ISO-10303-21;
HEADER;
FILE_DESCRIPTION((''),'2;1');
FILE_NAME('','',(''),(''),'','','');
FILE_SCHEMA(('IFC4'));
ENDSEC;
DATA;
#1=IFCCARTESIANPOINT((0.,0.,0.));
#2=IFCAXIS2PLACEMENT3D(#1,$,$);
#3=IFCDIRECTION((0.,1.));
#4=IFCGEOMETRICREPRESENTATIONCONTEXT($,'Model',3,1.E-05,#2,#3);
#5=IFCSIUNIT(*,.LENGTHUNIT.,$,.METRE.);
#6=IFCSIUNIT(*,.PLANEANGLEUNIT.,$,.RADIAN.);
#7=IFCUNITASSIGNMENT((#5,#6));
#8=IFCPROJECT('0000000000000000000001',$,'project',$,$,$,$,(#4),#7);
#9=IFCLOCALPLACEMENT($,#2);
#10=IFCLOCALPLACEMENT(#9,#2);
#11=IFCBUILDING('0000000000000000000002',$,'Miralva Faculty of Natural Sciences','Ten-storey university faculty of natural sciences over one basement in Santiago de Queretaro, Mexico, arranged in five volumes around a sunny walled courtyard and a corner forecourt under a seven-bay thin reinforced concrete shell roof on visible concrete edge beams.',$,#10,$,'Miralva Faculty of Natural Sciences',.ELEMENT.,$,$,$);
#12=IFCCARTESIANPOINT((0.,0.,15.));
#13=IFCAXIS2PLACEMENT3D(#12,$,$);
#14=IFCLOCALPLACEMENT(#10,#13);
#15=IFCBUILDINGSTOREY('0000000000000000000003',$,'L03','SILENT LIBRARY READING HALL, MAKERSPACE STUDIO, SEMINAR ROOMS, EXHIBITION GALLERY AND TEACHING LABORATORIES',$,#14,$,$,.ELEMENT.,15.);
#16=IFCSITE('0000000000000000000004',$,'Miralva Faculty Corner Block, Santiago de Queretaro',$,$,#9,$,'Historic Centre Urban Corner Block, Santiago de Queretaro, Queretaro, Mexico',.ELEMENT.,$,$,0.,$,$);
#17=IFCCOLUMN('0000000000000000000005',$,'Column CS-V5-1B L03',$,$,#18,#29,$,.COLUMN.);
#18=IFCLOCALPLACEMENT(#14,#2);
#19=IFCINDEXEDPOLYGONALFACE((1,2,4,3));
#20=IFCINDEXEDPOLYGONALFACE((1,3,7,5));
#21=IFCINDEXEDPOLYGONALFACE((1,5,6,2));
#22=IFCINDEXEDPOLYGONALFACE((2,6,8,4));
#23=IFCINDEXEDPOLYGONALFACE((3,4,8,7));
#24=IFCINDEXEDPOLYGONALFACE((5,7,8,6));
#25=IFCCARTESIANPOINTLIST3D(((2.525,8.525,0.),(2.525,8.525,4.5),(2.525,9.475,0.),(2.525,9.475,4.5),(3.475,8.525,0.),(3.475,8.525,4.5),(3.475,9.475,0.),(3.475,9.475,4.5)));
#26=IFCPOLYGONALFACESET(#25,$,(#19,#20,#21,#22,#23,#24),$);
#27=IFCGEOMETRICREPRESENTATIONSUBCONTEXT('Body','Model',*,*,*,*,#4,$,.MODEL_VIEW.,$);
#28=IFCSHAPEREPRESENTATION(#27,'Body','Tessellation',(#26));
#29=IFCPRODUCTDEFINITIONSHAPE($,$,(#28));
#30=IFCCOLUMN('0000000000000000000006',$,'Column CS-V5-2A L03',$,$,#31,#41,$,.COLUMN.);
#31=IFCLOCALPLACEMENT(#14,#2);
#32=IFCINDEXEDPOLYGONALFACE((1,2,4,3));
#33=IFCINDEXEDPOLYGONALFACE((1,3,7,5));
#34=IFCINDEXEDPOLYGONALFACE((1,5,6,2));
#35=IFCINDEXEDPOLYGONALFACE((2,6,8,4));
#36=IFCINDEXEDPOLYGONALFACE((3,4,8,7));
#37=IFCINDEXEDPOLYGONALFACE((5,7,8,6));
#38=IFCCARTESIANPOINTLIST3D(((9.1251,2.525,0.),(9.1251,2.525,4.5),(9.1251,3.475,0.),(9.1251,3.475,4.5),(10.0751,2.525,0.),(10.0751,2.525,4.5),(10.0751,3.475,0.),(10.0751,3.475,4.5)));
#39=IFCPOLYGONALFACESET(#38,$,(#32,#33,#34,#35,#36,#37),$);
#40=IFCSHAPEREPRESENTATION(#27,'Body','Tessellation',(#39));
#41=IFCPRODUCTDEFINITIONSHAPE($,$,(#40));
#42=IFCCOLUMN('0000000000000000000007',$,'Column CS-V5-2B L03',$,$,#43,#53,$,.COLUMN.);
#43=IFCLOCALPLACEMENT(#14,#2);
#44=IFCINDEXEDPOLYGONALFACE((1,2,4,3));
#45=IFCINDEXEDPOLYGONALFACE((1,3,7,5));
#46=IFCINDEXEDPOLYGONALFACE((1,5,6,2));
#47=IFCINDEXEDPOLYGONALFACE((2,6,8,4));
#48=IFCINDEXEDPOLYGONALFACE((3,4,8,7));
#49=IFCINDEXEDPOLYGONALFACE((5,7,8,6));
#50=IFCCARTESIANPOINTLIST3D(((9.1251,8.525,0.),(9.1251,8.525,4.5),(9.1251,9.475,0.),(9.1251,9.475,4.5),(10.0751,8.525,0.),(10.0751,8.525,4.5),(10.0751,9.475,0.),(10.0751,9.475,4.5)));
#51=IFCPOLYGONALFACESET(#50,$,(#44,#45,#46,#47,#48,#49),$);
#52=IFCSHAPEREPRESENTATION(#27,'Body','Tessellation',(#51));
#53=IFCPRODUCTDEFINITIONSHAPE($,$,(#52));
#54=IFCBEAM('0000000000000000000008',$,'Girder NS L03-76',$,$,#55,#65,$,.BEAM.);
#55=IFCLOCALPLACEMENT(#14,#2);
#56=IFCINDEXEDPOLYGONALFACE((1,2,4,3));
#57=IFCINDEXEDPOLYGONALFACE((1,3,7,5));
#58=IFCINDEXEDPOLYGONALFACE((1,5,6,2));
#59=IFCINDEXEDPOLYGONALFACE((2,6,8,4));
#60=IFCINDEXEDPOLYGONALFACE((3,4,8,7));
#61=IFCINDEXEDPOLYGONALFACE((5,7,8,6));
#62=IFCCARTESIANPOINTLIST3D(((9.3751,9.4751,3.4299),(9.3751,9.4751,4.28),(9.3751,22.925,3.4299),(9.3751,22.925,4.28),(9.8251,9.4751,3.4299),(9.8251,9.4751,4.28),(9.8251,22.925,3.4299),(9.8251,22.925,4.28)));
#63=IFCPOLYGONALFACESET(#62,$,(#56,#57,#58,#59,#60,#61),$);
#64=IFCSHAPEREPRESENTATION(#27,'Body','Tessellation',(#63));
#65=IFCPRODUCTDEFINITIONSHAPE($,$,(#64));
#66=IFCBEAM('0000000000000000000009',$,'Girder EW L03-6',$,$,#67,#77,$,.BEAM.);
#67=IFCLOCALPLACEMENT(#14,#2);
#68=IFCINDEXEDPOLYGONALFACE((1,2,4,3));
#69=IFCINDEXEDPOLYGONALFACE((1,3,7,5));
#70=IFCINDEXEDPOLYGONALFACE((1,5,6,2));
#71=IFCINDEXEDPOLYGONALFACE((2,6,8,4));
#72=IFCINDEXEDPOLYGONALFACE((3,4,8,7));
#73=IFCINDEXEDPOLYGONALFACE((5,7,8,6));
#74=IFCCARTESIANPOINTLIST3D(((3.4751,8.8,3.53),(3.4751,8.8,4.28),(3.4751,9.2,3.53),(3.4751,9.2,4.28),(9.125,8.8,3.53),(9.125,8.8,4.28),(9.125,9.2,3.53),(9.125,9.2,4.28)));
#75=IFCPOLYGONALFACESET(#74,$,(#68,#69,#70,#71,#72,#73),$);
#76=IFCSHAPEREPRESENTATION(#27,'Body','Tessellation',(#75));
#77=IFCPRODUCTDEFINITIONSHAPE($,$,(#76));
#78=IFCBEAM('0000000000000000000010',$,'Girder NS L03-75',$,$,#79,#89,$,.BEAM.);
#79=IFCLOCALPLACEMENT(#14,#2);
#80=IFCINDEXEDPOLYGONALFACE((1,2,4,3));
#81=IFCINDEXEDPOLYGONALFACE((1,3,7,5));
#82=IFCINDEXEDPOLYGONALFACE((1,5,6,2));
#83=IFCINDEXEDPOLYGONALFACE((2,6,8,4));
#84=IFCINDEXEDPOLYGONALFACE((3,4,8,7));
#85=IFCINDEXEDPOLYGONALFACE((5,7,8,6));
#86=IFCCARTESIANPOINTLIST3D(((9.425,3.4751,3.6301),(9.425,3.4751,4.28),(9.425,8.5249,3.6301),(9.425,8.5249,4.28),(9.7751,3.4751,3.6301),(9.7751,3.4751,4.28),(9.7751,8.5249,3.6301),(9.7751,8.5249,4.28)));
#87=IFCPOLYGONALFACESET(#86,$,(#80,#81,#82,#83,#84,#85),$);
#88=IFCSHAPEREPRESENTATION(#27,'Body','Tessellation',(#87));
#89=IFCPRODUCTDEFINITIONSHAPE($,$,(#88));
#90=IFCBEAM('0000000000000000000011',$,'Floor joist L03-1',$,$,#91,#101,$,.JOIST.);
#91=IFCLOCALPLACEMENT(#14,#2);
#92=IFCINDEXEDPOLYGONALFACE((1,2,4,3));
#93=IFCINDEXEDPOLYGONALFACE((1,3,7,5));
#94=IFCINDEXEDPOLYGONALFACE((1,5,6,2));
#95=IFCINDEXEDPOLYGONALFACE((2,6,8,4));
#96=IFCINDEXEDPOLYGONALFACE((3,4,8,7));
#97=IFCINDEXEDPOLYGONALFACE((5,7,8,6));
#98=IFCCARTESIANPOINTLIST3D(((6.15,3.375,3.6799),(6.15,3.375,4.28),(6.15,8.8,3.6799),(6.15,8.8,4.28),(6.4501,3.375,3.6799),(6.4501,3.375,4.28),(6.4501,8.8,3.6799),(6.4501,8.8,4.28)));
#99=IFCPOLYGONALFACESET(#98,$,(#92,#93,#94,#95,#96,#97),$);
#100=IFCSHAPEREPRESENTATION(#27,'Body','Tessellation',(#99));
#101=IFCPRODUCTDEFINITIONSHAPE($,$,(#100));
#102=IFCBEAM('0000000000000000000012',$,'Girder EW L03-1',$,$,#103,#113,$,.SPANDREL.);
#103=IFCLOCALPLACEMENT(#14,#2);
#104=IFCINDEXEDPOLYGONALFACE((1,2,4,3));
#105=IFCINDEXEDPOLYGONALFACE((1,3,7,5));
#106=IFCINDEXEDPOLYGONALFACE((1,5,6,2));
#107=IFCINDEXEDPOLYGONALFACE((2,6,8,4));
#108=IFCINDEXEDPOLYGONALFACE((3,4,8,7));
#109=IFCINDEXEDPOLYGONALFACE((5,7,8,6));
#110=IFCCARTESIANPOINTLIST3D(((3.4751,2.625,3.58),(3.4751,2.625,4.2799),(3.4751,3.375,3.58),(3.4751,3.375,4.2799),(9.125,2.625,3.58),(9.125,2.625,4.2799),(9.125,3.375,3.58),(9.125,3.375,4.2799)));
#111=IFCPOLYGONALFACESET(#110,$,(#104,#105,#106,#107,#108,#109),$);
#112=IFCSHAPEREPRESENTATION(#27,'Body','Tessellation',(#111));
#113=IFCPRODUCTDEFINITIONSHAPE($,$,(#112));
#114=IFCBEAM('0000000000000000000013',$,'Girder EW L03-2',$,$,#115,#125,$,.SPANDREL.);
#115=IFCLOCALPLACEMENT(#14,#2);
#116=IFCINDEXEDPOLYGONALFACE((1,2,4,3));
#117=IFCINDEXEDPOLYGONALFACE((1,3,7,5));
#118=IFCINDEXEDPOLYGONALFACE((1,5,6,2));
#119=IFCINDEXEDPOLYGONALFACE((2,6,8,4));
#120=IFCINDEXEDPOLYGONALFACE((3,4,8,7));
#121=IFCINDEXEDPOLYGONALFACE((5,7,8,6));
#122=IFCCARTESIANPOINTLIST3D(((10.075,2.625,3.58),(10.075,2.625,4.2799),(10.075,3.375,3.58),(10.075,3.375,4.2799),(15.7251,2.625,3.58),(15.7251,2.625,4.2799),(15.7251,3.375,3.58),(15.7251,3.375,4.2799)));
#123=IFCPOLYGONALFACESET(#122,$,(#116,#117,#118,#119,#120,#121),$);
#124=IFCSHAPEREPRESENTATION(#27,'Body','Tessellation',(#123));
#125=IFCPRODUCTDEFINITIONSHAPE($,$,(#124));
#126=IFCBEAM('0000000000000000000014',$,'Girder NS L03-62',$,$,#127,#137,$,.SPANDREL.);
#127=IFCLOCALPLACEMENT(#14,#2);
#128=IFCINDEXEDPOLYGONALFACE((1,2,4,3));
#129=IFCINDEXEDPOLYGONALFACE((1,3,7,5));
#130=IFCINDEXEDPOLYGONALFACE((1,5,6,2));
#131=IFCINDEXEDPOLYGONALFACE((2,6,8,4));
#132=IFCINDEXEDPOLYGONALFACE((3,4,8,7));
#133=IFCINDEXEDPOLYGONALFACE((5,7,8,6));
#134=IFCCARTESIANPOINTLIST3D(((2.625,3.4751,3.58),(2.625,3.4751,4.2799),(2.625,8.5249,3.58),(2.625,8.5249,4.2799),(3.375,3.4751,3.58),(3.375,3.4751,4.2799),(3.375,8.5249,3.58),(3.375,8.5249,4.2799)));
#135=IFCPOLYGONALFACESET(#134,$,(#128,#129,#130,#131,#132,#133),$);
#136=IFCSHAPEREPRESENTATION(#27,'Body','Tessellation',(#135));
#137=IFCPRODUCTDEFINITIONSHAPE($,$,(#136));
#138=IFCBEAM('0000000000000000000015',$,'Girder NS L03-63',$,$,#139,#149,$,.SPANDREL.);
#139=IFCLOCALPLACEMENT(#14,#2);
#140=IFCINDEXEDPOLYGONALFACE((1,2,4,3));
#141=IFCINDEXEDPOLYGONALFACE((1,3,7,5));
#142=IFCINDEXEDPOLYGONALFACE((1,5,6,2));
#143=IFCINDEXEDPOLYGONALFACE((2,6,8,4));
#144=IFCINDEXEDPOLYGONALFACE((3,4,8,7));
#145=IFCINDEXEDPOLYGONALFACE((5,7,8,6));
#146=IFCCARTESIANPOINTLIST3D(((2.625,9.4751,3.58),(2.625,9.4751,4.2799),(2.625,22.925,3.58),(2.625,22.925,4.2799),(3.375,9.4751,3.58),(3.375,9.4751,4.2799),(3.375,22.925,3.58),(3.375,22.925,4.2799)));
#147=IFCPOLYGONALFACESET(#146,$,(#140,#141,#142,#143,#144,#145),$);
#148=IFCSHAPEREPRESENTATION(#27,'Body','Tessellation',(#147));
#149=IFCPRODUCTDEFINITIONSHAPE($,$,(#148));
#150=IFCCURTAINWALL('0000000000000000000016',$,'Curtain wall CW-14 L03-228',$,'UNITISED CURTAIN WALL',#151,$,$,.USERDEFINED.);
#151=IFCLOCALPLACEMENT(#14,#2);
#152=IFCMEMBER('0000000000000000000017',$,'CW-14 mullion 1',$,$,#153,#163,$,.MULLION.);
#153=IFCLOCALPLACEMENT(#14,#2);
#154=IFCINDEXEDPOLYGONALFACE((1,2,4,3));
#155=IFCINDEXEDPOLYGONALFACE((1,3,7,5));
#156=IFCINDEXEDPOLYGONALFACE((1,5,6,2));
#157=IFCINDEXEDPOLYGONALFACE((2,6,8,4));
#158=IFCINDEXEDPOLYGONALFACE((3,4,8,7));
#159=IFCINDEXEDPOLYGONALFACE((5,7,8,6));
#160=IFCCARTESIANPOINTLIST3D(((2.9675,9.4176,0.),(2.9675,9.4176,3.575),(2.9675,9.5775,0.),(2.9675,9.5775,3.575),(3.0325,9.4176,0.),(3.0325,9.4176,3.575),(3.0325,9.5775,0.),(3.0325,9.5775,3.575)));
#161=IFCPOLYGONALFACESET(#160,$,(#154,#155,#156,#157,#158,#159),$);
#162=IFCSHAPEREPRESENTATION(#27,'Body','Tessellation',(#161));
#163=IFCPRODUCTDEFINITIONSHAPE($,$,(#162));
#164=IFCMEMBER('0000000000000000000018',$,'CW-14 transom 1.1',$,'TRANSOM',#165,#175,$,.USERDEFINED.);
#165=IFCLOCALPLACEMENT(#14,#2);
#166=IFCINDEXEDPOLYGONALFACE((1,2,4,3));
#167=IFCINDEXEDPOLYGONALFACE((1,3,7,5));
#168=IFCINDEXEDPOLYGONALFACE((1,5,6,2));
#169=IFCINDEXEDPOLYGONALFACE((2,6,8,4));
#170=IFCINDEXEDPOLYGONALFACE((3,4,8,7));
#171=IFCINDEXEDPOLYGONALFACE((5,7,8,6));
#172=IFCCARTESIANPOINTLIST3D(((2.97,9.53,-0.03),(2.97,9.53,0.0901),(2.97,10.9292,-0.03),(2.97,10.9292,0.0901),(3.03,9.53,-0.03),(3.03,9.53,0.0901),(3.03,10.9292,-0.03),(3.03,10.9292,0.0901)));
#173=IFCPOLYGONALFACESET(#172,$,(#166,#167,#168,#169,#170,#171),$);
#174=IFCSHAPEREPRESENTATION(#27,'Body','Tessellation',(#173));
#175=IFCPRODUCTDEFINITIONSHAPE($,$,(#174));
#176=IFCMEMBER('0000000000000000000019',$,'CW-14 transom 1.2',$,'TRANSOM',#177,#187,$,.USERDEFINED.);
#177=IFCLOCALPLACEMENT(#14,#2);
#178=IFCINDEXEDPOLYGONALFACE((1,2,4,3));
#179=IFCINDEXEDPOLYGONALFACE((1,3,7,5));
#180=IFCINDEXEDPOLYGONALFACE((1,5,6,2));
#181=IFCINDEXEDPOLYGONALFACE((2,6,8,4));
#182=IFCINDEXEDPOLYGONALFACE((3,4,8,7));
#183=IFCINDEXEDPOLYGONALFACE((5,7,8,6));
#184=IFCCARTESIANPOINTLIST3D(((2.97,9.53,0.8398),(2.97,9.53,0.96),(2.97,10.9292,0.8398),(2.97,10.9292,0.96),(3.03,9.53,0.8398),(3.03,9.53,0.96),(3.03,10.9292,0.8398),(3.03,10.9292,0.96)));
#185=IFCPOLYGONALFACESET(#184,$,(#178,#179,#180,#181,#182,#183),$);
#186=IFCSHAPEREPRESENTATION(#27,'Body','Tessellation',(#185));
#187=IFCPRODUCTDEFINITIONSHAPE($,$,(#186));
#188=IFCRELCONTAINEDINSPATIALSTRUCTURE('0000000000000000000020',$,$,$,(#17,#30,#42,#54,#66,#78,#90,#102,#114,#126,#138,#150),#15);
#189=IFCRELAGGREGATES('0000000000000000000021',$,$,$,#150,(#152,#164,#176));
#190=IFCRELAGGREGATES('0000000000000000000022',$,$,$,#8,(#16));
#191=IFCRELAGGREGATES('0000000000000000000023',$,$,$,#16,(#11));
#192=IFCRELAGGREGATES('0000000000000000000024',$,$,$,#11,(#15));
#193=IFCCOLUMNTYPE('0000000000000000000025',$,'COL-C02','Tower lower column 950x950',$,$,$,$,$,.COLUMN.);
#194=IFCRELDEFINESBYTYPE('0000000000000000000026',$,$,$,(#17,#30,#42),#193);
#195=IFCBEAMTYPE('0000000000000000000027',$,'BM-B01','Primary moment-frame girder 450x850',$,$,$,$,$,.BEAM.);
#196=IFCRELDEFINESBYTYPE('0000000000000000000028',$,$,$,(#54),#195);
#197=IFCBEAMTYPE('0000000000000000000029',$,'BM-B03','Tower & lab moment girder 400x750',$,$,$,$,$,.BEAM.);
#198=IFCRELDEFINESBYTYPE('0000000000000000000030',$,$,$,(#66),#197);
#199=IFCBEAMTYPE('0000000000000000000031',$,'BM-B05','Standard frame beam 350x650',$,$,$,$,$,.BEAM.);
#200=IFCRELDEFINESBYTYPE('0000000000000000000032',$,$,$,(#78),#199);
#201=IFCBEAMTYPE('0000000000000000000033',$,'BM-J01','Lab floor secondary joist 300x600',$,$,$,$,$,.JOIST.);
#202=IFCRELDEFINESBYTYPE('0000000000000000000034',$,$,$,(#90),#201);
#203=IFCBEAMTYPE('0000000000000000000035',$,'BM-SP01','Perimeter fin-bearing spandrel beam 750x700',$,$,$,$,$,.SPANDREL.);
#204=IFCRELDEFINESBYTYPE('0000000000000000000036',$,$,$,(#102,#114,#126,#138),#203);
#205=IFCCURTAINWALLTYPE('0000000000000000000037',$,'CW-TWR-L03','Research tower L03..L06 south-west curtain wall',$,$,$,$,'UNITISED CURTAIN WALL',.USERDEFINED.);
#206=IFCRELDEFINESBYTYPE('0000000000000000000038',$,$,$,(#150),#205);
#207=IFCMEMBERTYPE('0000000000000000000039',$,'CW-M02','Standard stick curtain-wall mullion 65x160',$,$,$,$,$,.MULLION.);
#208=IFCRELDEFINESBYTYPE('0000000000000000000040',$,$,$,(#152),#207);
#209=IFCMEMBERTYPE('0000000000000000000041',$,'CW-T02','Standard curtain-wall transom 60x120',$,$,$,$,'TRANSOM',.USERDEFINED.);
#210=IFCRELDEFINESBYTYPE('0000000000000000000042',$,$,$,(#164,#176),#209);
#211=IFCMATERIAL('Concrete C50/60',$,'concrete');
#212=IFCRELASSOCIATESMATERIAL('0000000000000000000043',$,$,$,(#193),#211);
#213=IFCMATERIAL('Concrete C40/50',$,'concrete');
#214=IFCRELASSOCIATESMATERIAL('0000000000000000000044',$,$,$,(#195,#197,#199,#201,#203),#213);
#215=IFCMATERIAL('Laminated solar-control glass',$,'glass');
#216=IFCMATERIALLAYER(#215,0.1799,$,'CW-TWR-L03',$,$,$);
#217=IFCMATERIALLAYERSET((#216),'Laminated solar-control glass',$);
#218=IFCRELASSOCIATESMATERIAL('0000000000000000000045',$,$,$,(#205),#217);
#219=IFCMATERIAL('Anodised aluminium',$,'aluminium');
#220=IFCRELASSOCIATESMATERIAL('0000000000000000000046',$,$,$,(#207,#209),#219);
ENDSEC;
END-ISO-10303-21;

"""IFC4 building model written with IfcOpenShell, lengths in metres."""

from ifc_helpers import new_model, si_unit, direction, frame, origin, origin_2d, place, context, subcontext, project, spatial, rectangle, extrude, material, layer, layer_set, material_profile, profile_set, type_object, element, aggregate, save


model = new_model("IFC4")

# Units and contexts
model_context = context("Model", 3, precision=1e-05, world=origin(), true_north=direction((0.0, 1.0)))
body_context = subcontext(model_context, "Body", "Model", "MODEL_VIEW")
ifc_project = project(units=[si_unit("LENGTHUNIT", "METRE"), si_unit("PLANEANGLEUNIT", "RADIAN")], contexts=[model_context])

# Site, building, storey
site_placement = place(None, origin())
site = spatial("IfcSite", under=ifc_project, at=site_placement, Name="Miralva Faculty Corner Block, Santiago de Queretaro", LongName="Historic Centre Urban Corner Block, Santiago de Queretaro, Queretaro, Mexico", CompositionType="ELEMENT", RefElevation=0.0)
building_placement = place(site_placement, origin())
building = spatial("IfcBuilding", under=site, at=building_placement, Name="Miralva Faculty of Natural Sciences", Description="Ten-storey university faculty of natural sciences over one basement in Santiago de Queretaro, Mexico, arranged in five volumes around a sunny walled courtyard and a corner forecourt under a seven-bay thin reinforced concrete shell roof on visible concrete edge beams.", LongName="Miralva Faculty of Natural Sciences", CompositionType="ELEMENT")
storey_placement = place(building_placement, frame((0.0, 0.0, 15.0)))
storey = spatial("IfcBuildingStorey", under=building, at=storey_placement, Name="L03", Description="SILENT LIBRARY READING HALL, MAKERSPACE STUDIO, SEMINAR ROOMS, EXHIBITION GALLERY AND TEACHING LABORATORIES", CompositionType="ELEMENT", Elevation=15.0)

# Columns
ifc_material_1 = material(Name="Concrete C50/60", Category="concrete")
ifc_material_profile_1 = material_profile(ifc_material_1, rectangle(XDim=0.95, YDim=0.95, at=origin_2d()), Name="RC 950x950")
ifc_profile_set_1 = profile_set([ifc_material_profile_1], Name="Concrete C50/60")
column_type = type_object("IfcColumnType", Name="COL-C02", Description="Tower lower column 950x950", PredefinedType="COLUMN", material=ifc_profile_set_1)
for number, where, z_axis, x_axis, name in (
    (1, (3.0, 9.0, 0.0), (0.0, 0.0, 1.0), (1.0, 0.0, 0.0), "Column CS-V5-1B L03"),
    (2, (9.6001, 3.0, 0.0), (0.0, 0.0, 1.0), (1.0, 0.0, 0.0), "Column CS-V5-2A L03"),
    (3, (9.6001, 9.0, 0.0), (0.0, 0.0, 1.0), (1.0, 0.0, 0.0), "Column CS-V5-2B L03"),
):
    element("IfcColumn", number, at=place(storey_placement, frame(where, z_axis=z_axis, x_axis=x_axis)), inside=storey, type_object=column_type, Name=name, PredefinedType="COLUMN", context=body_context, shape_type="SweptSolid", body=[
        extrude(rectangle(XDim=0.95, YDim=0.95, at=origin_2d()), origin(), (0.0, 0.0, 1.0), 4.5),
    ])

# Beams
ifc_material_2 = material(Name="Concrete C40/50", Category="concrete")
ifc_material_profile_2 = material_profile(ifc_material_2, rectangle(XDim=0.45, YDim=0.8501, at=origin_2d()), Name="RC 450x850")
ifc_profile_set_2 = profile_set([ifc_material_profile_2], Name="Concrete C40/50")
beam_type_1 = type_object("IfcBeamType", Name="BM-B01", Description="Primary moment-frame girder 450x850", PredefinedType="BEAM", material=ifc_profile_set_2)
beam_1_placement = place(storey_placement, frame((9.6001, 9.4751, 3.855), z_axis=(0.0, 1.0, 0.0), x_axis=(-1.0, 0.0, 0.0)))
element("IfcBeam", 4, at=beam_1_placement, inside=storey, type_object=beam_type_1, Name="Girder NS L03-76", PredefinedType="BEAM", context=body_context, shape_type="SweptSolid", body=[
    extrude(rectangle(XDim=0.45, YDim=0.8501, at=origin_2d()), origin(), (0.0, 0.0, 1.0), 13.45),
])
ifc_material_profile_3 = material_profile(ifc_material_2, rectangle(XDim=0.3999, YDim=0.75, at=origin_2d()), Name="RC 400x750")
ifc_profile_set_3 = profile_set([ifc_material_profile_3], Name="Concrete C40/50")
beam_type_2 = type_object("IfcBeamType", Name="BM-B03", Description="Tower & lab moment girder 400x750", PredefinedType="BEAM", material=ifc_profile_set_3)
beam_2_placement = place(storey_placement, frame((3.4751, 9.0, 3.905), z_axis=(1.0, 0.0, 0.0), x_axis=(0.0, 1.0, 0.0)))
element("IfcBeam", 5, at=beam_2_placement, inside=storey, type_object=beam_type_2, Name="Girder EW L03-6", PredefinedType="BEAM", context=body_context, shape_type="SweptSolid", body=[
    extrude(rectangle(XDim=0.3999, YDim=0.75, at=origin_2d()), origin(), (0.0, 0.0, 1.0), 5.6499),
])
ifc_material_profile_4 = material_profile(ifc_material_2, rectangle(XDim=0.3501, YDim=0.6499, at=origin_2d()), Name="RC 350x650")
ifc_profile_set_4 = profile_set([ifc_material_profile_4], Name="Concrete C40/50")
beam_type_3 = type_object("IfcBeamType", Name="BM-B05", Description="Standard frame beam 350x650", PredefinedType="BEAM", material=ifc_profile_set_4)
beam_3_placement = place(storey_placement, frame((9.6001, 3.4751, 3.9551), z_axis=(0.0, 1.0, 0.0), x_axis=(-1.0, 0.0, 0.0)))
element("IfcBeam", 6, at=beam_3_placement, inside=storey, type_object=beam_type_3, Name="Girder NS L03-75", PredefinedType="BEAM", context=body_context, shape_type="SweptSolid", body=[
    extrude(rectangle(XDim=0.3501, YDim=0.6499, at=origin_2d()), origin(), (0.0, 0.0, 1.0), 5.0498),
])
ifc_material_profile_5 = material_profile(ifc_material_2, rectangle(XDim=0.3, YDim=0.6001, at=origin_2d()), Name="RC 300x600")
ifc_profile_set_5 = profile_set([ifc_material_profile_5], Name="Concrete C40/50")
beam_type_4 = type_object("IfcBeamType", Name="BM-J01", Description="Lab floor secondary joist 300x600", PredefinedType="JOIST", material=ifc_profile_set_5)
beam_4_placement = place(storey_placement, frame((6.3, 3.375, 3.98), z_axis=(0.0, 1.0, 0.0), x_axis=(-1.0, 0.0, 0.0)))
element("IfcBeam", 7, at=beam_4_placement, inside=storey, type_object=beam_type_4, Name="Floor joist L03-1", PredefinedType="JOIST", context=body_context, shape_type="SweptSolid", body=[
    extrude(rectangle(XDim=0.3, YDim=0.6001, at=origin_2d()), origin(), (0.0, 0.0, 1.0), 5.425),
])
ifc_material_profile_6 = material_profile(ifc_material_2, rectangle(XDim=0.75, YDim=0.7, at=origin_2d()), Name="RC 750x700")
ifc_profile_set_6 = profile_set([ifc_material_profile_6], Name="Concrete C40/50")
beam_type_5 = type_object("IfcBeamType", Name="BM-SP01", Description="Perimeter fin-bearing spandrel beam 750x700", PredefinedType="SPANDREL", material=ifc_profile_set_6)
beam_5_placement = place(storey_placement, frame((3.4751, 3.0, 3.9299), z_axis=(1.0, 0.0, 0.0), x_axis=(0.0, 1.0, 0.0)))
element("IfcBeam", 8, at=beam_5_placement, inside=storey, type_object=beam_type_5, Name="Girder EW L03-1", PredefinedType="SPANDREL", context=body_context, shape_type="SweptSolid", body=[
    extrude(rectangle(XDim=0.75, YDim=0.7, at=origin_2d()), origin(), (0.0, 0.0, 1.0), 5.6499),
])
beam_6_placement = place(storey_placement, frame((10.075, 3.0, 3.9299), z_axis=(1.0, 0.0, 0.0), x_axis=(0.0, 1.0, 0.0)))
element("IfcBeam", 9, at=beam_6_placement, inside=storey, type_object=beam_type_5, Name="Girder EW L03-2", PredefinedType="SPANDREL", context=body_context, shape_type="SweptSolid", body=[
    extrude(rectangle(XDim=0.75, YDim=0.7, at=origin_2d()), origin(), (0.0, 0.0, 1.0), 5.6501),
])
beam_7_placement = place(storey_placement, frame((3.0, 3.4751, 3.9299), z_axis=(0.0, 1.0, 0.0), x_axis=(-1.0, 0.0, 0.0)))
element("IfcBeam", 10, at=beam_7_placement, inside=storey, type_object=beam_type_5, Name="Girder NS L03-62", PredefinedType="SPANDREL", context=body_context, shape_type="SweptSolid", body=[
    extrude(rectangle(XDim=0.75, YDim=0.7, at=origin_2d()), origin(), (0.0, 0.0, 1.0), 5.0498),
])
beam_8_placement = place(storey_placement, frame((3.0, 9.4751, 3.9299), z_axis=(0.0, 1.0, 0.0), x_axis=(-1.0, 0.0, 0.0)))
element("IfcBeam", 11, at=beam_8_placement, inside=storey, type_object=beam_type_5, Name="Girder NS L03-63", PredefinedType="SPANDREL", context=body_context, shape_type="SweptSolid", body=[
    extrude(rectangle(XDim=0.75, YDim=0.7, at=origin_2d()), origin(), (0.0, 0.0, 1.0), 13.45),
])

# Curtain wall, members
ifc_material_3 = material(Name="Laminated solar-control glass", Category="glass")
ifc_layer_1 = layer(ifc_material_3, 0.1799, Name="CW-TWR-L03")
ifc_layer_set_1 = layer_set([ifc_layer_1], Name="Laminated solar-control glass")
curtain_wall_type = type_object("IfcCurtainWallType", Name="CW-TWR-L03", Description="Research tower L03..L06 south-west curtain wall", ElementType="UNITISED CURTAIN WALL", PredefinedType="USERDEFINED", material=ifc_layer_set_1)
curtain_wall_placement = place(storey_placement, origin())
curtain_wall = element("IfcCurtainWall", 12, at=curtain_wall_placement, inside=storey, type_object=curtain_wall_type, Name="Curtain wall CW-14 L03-228", ObjectType="UNITISED CURTAIN WALL", PredefinedType="USERDEFINED")
ifc_material_4 = material(Name="Anodised aluminium", Category="aluminium")
ifc_material_profile_7 = material_profile(ifc_material_4, rectangle(XDim=0.0649, YDim=0.1599, at=origin_2d()), Name="MULLION 65x160")
ifc_profile_set_7 = profile_set([ifc_material_profile_7], Name="Anodised aluminium")
member_type_1 = type_object("IfcMemberType", Name="CW-M02", Description="Standard stick curtain-wall mullion 65x160", PredefinedType="MULLION", material=ifc_profile_set_7)
member_1_placement = place(storey_placement, frame((3.0, 9.4976, 0.0), z_axis=(0.0, 0.0, 1.0), x_axis=(-1.0, 0.0, 0.0)))
member_1 = element("IfcMember", 13, at=member_1_placement, type_object=member_type_1, Name="CW-14 mullion 1", PredefinedType="MULLION", context=body_context, shape_type="SweptSolid", body=[
    extrude(rectangle(XDim=0.0649, YDim=0.1599, at=origin_2d()), origin(), (0.0, 0.0, 1.0), 3.575),
])
ifc_material_profile_8 = material_profile(ifc_material_4, rectangle(XDim=0.0601, YDim=0.1201, at=origin_2d()), Name="TRANSOM 60x120")
ifc_profile_set_8 = profile_set([ifc_material_profile_8], Name="Anodised aluminium")
member_type_2 = type_object("IfcMemberType", Name="CW-T02", Description="Standard curtain-wall transom 60x120", ElementType="TRANSOM", PredefinedType="USERDEFINED", material=ifc_profile_set_8)
member_2_placement = place(storey_placement, frame((3.0, 9.53, 0.03), z_axis=(0.0, 1.0, 0.0), x_axis=(-1.0, 0.0, 0.0)))
member_2 = element("IfcMember", 14, at=member_2_placement, type_object=member_type_2, Name="CW-14 transom 1.1", ObjectType="TRANSOM", PredefinedType="USERDEFINED", context=body_context, shape_type="SweptSolid", body=[
    extrude(rectangle(XDim=0.0601, YDim=0.1201, at=origin_2d()), origin(), (0.0, 0.0, 1.0), 1.3992),
])
member_3_placement = place(storey_placement, frame((3.0, 9.53, 0.8999), z_axis=(0.0, 1.0, 0.0), x_axis=(-1.0, 0.0, 0.0)))
member_3 = element("IfcMember", 15, at=member_3_placement, type_object=member_type_2, Name="CW-14 transom 1.2", ObjectType="TRANSOM", PredefinedType="USERDEFINED", context=body_context, shape_type="SweptSolid", body=[
    extrude(rectangle(XDim=0.0601, YDim=0.1201, at=origin_2d()), origin(), (0.0, 0.0, 1.0), 1.3992),
])
aggregate(curtain_wall, [member_1, member_2, member_3])

save(model, "model.ifc")
